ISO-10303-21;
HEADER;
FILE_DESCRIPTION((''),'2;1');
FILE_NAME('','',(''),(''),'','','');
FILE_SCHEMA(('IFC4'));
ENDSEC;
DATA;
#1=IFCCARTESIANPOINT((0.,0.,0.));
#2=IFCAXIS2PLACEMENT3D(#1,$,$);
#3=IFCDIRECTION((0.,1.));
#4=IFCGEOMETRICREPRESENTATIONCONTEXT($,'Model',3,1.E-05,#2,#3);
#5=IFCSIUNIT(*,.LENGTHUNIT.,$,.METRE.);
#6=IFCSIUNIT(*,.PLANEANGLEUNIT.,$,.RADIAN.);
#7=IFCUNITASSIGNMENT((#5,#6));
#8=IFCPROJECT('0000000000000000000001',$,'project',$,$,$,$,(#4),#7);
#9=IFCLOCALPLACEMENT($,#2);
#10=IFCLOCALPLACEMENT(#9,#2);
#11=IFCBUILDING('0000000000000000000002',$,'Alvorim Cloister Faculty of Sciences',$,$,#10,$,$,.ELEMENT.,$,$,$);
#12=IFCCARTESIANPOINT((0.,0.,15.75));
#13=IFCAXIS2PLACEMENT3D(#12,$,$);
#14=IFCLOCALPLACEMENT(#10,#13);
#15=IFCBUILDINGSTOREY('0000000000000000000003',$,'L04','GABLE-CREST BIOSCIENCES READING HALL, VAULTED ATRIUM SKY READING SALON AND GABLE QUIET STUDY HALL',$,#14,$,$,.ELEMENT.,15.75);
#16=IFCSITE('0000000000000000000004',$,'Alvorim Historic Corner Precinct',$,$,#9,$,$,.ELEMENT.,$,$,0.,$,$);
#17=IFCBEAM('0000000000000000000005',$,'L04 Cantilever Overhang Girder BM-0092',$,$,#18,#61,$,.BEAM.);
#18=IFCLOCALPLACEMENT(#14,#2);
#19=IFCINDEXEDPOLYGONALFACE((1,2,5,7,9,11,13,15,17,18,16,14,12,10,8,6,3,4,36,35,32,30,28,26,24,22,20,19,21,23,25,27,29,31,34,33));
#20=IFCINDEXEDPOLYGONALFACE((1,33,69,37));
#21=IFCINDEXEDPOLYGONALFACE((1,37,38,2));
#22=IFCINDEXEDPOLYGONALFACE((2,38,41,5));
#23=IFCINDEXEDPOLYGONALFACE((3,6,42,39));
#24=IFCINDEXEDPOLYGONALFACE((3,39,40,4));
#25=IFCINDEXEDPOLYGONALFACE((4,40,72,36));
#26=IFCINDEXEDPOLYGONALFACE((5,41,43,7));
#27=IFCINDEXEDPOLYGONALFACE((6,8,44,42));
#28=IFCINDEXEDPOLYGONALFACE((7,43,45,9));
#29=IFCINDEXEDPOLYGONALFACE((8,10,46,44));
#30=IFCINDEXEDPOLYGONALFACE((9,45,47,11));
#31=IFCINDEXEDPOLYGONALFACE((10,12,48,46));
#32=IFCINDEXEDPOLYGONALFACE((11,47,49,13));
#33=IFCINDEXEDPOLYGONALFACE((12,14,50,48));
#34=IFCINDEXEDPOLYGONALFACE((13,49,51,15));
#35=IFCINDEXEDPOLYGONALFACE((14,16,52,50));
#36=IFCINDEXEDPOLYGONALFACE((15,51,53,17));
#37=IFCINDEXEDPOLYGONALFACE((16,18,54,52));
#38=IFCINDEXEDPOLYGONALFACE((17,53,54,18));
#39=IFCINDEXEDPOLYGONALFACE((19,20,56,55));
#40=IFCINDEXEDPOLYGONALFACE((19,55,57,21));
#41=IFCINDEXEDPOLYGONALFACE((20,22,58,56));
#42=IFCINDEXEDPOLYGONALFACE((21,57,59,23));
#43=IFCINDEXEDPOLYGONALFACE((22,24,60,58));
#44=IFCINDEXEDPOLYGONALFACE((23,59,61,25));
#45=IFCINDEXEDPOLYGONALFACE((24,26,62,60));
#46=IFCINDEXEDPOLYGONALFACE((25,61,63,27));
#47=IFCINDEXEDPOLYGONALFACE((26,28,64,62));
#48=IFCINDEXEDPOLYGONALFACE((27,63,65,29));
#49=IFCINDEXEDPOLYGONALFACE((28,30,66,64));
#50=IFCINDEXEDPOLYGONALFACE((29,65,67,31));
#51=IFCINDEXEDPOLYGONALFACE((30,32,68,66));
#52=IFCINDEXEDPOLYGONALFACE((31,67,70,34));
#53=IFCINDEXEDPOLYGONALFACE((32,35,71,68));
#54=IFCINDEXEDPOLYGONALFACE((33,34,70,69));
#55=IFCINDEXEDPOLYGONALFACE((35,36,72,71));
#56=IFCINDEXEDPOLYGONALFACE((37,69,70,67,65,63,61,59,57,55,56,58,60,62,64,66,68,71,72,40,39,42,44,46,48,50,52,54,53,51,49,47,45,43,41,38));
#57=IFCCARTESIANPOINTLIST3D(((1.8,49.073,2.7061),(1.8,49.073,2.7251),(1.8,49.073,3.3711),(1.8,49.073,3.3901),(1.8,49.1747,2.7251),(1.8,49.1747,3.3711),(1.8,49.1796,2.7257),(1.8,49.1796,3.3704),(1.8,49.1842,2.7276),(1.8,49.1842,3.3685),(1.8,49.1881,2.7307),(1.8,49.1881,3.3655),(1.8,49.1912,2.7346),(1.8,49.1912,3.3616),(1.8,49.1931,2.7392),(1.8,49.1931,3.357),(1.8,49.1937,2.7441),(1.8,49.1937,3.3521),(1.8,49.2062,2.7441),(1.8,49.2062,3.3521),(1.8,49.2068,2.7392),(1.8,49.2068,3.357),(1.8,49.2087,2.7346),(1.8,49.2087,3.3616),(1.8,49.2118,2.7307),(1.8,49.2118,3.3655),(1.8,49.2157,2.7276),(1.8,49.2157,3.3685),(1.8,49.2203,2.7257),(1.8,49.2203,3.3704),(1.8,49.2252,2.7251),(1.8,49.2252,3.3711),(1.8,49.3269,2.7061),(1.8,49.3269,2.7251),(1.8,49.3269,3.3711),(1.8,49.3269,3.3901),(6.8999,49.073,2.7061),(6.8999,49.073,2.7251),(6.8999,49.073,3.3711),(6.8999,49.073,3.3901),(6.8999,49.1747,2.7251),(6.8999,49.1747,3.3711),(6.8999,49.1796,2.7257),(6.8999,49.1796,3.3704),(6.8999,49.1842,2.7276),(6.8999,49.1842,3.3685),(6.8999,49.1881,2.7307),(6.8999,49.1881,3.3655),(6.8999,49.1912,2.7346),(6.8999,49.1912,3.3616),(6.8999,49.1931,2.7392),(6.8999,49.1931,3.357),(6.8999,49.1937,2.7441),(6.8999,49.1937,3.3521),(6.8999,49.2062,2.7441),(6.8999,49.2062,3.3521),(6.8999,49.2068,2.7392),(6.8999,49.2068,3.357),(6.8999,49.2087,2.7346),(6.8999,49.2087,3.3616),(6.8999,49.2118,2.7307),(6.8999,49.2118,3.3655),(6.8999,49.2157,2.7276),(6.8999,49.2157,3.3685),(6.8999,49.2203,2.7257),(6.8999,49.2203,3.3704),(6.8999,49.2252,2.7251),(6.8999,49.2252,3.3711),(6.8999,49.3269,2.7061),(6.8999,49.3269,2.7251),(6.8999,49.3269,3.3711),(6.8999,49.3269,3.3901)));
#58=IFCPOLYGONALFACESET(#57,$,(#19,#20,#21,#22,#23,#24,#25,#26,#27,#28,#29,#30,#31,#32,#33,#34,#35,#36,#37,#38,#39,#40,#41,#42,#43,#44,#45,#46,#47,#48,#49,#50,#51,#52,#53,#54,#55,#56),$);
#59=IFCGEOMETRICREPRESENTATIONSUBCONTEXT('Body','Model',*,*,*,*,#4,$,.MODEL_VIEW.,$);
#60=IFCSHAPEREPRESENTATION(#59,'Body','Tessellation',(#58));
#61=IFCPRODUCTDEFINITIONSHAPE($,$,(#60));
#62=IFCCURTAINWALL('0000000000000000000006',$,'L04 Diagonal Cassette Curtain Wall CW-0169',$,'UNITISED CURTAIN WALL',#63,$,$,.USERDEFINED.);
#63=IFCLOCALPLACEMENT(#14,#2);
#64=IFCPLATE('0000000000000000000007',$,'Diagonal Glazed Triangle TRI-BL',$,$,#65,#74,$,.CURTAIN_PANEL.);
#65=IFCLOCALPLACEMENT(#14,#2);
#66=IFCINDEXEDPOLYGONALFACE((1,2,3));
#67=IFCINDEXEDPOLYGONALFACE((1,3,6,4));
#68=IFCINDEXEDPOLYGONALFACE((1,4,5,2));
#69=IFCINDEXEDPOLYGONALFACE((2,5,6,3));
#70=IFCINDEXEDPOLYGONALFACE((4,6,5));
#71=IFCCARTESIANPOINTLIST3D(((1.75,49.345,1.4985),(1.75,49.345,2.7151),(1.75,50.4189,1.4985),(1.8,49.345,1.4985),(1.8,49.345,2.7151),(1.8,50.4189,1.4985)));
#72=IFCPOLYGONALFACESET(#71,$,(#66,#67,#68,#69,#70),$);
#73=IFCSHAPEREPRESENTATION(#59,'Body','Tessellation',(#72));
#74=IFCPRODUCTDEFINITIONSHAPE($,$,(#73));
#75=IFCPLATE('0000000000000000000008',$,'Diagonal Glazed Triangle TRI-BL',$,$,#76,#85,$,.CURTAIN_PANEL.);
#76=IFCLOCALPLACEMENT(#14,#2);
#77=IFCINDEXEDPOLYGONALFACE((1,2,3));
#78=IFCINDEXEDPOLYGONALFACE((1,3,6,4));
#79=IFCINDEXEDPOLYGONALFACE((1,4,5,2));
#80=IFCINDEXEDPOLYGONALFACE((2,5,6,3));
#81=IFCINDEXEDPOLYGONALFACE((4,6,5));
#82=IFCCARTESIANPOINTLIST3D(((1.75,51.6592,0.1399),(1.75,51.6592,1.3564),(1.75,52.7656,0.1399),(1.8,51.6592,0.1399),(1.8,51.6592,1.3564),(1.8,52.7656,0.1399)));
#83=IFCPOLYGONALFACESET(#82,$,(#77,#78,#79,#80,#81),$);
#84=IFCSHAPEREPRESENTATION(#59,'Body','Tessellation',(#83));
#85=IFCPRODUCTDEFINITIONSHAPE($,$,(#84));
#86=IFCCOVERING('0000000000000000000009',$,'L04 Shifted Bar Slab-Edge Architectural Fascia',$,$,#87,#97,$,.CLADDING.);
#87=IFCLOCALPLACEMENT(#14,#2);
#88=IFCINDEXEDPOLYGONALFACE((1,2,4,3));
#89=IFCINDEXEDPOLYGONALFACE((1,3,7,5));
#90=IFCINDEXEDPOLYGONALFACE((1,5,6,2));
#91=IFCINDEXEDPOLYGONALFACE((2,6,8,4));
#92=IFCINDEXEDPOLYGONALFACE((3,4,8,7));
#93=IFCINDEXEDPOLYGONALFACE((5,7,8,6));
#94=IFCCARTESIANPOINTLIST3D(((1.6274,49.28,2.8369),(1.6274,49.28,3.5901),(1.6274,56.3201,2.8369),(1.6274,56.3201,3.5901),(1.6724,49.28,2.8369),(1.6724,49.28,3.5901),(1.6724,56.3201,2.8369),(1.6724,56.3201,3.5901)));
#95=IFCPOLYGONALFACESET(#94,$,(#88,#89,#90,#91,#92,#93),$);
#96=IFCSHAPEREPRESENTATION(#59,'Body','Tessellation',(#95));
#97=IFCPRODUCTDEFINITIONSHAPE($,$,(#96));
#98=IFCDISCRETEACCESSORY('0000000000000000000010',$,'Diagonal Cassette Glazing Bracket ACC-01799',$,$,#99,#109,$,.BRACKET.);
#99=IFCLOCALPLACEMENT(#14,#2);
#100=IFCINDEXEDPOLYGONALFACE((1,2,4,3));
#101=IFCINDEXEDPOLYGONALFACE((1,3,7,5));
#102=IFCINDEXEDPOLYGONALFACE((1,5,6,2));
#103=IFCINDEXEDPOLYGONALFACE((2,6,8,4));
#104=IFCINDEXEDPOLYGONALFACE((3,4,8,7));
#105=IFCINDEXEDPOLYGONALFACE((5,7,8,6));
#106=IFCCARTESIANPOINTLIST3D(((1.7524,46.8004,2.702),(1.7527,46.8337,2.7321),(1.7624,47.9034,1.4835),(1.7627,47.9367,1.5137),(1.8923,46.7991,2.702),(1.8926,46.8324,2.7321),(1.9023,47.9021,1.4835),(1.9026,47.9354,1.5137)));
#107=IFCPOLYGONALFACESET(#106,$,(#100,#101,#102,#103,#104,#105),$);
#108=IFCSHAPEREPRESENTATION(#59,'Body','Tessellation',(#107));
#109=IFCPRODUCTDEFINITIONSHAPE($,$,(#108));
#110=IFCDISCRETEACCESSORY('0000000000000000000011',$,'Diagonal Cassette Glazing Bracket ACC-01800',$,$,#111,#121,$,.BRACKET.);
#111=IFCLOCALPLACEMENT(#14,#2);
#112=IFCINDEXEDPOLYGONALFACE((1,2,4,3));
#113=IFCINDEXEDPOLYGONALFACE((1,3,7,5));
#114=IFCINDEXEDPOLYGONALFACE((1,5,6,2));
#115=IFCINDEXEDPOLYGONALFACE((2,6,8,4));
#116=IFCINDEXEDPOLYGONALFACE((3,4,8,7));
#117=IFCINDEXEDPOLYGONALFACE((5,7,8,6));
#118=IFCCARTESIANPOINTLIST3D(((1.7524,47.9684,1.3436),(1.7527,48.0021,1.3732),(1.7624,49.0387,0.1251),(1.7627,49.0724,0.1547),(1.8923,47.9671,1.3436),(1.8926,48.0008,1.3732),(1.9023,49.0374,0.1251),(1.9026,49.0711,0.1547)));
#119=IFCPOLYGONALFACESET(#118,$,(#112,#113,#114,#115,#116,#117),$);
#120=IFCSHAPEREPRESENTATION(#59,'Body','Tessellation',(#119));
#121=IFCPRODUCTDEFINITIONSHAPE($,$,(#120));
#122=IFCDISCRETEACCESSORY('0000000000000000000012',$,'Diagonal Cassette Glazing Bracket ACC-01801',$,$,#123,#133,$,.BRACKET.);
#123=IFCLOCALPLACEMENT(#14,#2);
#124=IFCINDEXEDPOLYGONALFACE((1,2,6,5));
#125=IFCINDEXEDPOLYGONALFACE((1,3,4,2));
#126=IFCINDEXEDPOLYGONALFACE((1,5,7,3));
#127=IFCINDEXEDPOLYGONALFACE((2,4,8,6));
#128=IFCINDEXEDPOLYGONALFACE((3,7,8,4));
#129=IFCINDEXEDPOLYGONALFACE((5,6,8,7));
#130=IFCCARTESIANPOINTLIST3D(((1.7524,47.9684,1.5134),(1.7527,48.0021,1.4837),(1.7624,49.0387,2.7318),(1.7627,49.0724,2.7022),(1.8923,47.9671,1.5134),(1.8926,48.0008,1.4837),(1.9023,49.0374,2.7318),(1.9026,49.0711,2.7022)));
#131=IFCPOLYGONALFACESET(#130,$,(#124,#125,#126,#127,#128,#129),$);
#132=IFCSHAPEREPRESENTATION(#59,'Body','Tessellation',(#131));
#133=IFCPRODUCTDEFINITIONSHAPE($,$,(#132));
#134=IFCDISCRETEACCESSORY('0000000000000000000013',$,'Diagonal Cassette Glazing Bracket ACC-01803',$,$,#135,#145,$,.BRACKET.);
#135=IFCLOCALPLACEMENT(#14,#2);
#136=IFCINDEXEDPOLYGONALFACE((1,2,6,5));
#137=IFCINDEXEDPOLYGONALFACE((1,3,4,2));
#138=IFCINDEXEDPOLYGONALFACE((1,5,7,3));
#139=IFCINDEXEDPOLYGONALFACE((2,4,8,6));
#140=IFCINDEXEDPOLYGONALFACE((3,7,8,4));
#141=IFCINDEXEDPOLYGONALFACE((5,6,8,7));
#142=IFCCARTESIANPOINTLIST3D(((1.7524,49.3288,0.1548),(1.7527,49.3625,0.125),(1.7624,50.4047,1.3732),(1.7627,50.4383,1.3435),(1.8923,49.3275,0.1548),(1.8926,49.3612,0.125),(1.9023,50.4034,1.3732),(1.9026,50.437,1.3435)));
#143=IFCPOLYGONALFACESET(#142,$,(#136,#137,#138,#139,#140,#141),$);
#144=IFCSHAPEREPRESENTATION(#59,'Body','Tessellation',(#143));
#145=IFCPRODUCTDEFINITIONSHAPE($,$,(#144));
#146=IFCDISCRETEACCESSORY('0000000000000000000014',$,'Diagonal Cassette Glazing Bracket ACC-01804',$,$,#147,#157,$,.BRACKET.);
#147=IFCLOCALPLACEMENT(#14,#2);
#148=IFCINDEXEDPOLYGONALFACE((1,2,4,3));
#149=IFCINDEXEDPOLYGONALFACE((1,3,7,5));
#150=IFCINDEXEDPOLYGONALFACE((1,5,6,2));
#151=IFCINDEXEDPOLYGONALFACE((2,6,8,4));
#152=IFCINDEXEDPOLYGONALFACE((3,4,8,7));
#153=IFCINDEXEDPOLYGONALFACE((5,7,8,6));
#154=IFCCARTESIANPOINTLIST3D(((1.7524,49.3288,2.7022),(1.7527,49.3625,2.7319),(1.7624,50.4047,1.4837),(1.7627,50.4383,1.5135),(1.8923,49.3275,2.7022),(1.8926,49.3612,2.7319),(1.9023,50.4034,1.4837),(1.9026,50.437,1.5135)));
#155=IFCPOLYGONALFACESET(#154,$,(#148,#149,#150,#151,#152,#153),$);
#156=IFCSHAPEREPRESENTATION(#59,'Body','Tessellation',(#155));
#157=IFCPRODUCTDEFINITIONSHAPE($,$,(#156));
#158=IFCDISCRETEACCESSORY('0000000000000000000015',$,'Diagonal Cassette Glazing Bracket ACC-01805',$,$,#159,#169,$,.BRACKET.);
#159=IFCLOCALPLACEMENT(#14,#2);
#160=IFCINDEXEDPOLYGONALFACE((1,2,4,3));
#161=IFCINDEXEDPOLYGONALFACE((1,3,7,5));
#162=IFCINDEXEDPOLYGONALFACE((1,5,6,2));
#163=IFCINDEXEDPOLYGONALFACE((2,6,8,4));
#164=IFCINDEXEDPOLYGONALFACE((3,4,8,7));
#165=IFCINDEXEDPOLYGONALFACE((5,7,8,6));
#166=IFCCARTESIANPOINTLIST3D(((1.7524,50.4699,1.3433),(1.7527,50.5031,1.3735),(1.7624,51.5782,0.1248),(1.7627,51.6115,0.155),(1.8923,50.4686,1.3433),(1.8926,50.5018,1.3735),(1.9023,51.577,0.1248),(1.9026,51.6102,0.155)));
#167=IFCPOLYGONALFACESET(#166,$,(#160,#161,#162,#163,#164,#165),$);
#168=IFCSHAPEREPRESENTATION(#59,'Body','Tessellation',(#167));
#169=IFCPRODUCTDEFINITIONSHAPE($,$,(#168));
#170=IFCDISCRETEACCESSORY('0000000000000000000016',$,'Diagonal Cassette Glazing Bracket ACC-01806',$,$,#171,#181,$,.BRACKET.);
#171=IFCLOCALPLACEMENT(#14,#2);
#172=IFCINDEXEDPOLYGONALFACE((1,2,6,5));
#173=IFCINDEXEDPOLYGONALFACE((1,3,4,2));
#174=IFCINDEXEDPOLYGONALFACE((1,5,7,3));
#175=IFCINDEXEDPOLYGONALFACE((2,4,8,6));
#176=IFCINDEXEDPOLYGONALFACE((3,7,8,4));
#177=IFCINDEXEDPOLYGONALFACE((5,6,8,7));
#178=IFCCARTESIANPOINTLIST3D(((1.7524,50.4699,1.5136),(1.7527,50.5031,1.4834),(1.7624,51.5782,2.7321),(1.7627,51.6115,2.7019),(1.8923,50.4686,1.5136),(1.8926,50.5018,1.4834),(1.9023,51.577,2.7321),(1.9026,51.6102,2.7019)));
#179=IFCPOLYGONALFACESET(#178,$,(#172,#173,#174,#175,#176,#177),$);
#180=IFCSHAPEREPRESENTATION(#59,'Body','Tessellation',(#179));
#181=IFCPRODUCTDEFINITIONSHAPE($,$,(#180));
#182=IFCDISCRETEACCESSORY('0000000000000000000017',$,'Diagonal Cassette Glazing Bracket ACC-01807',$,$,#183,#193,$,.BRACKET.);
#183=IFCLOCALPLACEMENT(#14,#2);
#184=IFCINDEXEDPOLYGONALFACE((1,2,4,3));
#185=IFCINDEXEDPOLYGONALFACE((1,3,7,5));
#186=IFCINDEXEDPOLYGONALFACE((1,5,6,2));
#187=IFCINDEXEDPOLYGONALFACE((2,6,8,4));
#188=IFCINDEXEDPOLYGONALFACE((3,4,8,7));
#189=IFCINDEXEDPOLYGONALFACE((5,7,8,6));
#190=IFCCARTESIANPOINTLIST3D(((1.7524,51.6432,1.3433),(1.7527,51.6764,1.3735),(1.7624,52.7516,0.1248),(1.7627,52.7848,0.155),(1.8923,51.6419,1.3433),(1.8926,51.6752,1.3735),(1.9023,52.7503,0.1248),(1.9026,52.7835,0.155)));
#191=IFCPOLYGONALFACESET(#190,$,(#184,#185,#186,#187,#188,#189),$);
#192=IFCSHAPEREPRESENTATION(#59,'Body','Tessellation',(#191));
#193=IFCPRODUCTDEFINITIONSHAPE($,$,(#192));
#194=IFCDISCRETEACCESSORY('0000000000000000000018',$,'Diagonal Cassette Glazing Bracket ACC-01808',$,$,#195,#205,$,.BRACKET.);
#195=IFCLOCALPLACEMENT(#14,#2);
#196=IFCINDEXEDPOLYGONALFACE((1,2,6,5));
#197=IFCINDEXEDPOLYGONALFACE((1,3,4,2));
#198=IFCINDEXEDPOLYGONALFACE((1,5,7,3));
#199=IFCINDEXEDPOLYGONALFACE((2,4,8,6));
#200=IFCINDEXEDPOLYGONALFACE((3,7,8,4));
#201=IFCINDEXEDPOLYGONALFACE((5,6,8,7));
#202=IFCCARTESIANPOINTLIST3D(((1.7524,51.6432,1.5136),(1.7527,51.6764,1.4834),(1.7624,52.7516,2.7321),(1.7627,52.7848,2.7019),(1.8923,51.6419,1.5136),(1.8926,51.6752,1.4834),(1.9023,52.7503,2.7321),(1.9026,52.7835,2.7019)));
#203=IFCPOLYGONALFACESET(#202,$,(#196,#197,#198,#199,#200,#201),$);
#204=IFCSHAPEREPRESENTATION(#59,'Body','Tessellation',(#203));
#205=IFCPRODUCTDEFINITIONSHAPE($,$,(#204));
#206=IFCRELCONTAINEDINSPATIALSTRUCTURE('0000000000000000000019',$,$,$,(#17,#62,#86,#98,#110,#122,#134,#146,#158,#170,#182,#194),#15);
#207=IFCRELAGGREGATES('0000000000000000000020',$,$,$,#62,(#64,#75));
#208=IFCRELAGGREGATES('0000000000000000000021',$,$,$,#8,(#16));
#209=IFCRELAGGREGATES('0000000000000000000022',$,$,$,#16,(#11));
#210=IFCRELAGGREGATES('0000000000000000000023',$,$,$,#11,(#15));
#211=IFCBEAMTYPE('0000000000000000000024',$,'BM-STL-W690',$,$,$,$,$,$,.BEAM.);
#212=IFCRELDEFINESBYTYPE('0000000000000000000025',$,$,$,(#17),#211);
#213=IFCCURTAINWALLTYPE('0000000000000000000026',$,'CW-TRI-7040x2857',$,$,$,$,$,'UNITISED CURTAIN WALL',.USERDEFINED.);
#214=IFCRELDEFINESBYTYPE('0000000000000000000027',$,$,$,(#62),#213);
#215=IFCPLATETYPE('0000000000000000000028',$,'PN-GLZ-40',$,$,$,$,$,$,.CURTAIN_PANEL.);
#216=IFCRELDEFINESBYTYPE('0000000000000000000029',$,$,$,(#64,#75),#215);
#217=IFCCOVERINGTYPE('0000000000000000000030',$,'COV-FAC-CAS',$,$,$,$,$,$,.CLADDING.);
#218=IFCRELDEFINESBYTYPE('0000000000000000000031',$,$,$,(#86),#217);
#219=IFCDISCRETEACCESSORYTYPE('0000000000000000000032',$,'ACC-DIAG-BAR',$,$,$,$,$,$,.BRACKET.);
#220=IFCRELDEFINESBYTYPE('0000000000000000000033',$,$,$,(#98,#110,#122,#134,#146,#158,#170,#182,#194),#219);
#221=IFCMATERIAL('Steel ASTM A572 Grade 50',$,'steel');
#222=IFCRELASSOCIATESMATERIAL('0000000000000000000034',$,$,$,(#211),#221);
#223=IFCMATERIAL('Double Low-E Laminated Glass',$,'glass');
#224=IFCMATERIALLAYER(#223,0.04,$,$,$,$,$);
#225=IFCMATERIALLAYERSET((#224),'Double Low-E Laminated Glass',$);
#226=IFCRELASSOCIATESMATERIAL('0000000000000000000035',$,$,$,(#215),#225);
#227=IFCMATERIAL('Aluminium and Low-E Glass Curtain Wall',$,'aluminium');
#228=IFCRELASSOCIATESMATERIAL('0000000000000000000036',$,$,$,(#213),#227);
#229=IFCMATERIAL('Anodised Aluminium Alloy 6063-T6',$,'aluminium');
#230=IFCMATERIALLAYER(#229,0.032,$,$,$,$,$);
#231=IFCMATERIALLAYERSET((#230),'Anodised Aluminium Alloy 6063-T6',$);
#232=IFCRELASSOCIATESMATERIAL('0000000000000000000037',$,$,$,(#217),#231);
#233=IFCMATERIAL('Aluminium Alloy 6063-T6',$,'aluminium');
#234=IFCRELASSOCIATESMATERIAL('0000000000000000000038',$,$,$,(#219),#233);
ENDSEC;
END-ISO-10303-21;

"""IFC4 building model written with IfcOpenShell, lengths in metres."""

from ifc_helpers import new_model, si_unit, direction, frame, origin, origin_2d, place, context, subcontext, project, spatial, polyline, rectangle, i_section, outline, extrude, material, layer, layer_set, material_profile, profile_set, type_object, element, aggregate, save


model = new_model("IFC4")

# Units and contexts
model_context = context("Model", 3, precision=1e-05, world=origin(), true_north=direction((0.0, 1.0)))
body_context = subcontext(model_context, "Body", "Model", "MODEL_VIEW")
ifc_project = project(units=[si_unit("LENGTHUNIT", "METRE"), si_unit("PLANEANGLEUNIT", "RADIAN")], contexts=[model_context])

# Site, building, storey
site_placement = place(None, origin())
site = spatial("IfcSite", under=ifc_project, at=site_placement, Name="Alvorim Historic Corner Precinct", CompositionType="ELEMENT", RefElevation=0.0)
building_placement = place(site_placement, origin())
building = spatial("IfcBuilding", under=site, at=building_placement, Name="Alvorim Cloister Faculty of Sciences", CompositionType="ELEMENT")
storey_placement = place(building_placement, frame((0.0, 0.0, 15.75)))
storey = spatial("IfcBuildingStorey", under=building, at=storey_placement, Name="L04", Description="GABLE-CREST BIOSCIENCES READING HALL, VAULTED ATRIUM SKY READING SALON AND GABLE QUIET STUDY HALL", CompositionType="ELEMENT", Elevation=15.75)

# Beam
ifc_material_1 = material(Name="Steel ASTM A572 Grade 50", Category="steel")
ifc_material_profile = material_profile(ifc_material_1, i_section(OverallWidth=0.2539, OverallDepth=0.6841, WebThickness=0.0125, FlangeThickness=0.019, FilletRadius=0.019, at=origin_2d()), Name="W690x140.0")
ifc_profile_set = profile_set([ifc_material_profile], Name="Steel ASTM A572 Grade 50")
beam_type = type_object("IfcBeamType", Name="BM-STL-W690", PredefinedType="BEAM", material=ifc_profile_set)
beam_placement = place(storey_placement, frame((1.8, 49.2, 3.0481), z_axis=(1.0, 0.0, 0.0), x_axis=(0.0, 1.0, 0.0)))
element("IfcBeam", 1, at=beam_placement, inside=storey, type_object=beam_type, Name="L04 Cantilever Overhang Girder BM-0092", PredefinedType="BEAM", context=body_context, shape_type="SweptSolid", body=[
    extrude(i_section(OverallWidth=0.2539, OverallDepth=0.6841, WebThickness=0.0125, FlangeThickness=0.019, FilletRadius=0.019, at=origin_2d()), origin(), (0.0, 0.0, 1.0), 5.0999),
])

# Curtain wall, plates
ifc_material_2 = material(Name="Aluminium and Low-E Glass Curtain Wall", Category="aluminium")
ifc_material_3 = material(Name="Double Low-E Laminated Glass", Category="glass")
ifc_layer_1 = layer(ifc_material_3, 0.04)
ifc_layer_set_1 = layer_set([ifc_layer_1], Name="Double Low-E Laminated Glass")
plate_type = type_object("IfcPlateType", Name="PN-GLZ-40", PredefinedType="CURTAIN_PANEL", material=ifc_layer_set_1)
curtain_wall_type_1 = type_object("IfcCurtainWallType", Name="CW-TRI-7040x2857", ElementType="UNITISED CURTAIN WALL", PredefinedType="USERDEFINED", material=ifc_material_2)
curtain_wall_1_placement = place(storey_placement, origin())
curtain_wall_1 = element("IfcCurtainWall", 2, at=curtain_wall_1_placement, inside=storey, type_object=curtain_wall_type_1, Name="L04 Diagonal Cassette Curtain Wall CW-0169", ObjectType="UNITISED CURTAIN WALL", PredefinedType="USERDEFINED")
plate_1_placement = place(storey_placement, frame((1.7749, 49.345, 1.4985), z_axis=(0.0, 0.0, 1.0), x_axis=(0.0, 1.0, 0.0)))
plate_1 = element("IfcPlate", 3, at=plate_1_placement, type_object=plate_type, Name="Diagonal Glazed Triangle TRI-BL", PredefinedType="CURTAIN_PANEL", context=body_context, shape_type="SweptSolid", body=[
    extrude(outline(polyline([(0.0, 0.0), (1.074, 0.0), (0.0, 1.2166), (0.0, 0.0)])), frame((0.0, 0.0249, 0.0), z_axis=(0.0, -1.0, 0.0), x_axis=(1.0, 0.0, 0.0)), (0.0, 0.0, 1.0), 0.05),
])
plate_2_placement = place(storey_placement, frame((1.7749, 51.6592, 0.1399), z_axis=(0.0, 0.0, 1.0), x_axis=(0.0, 1.0, 0.0)))
plate_2 = element("IfcPlate", 4, at=plate_2_placement, type_object=plate_type, Name="Diagonal Glazed Triangle TRI-BL", PredefinedType="CURTAIN_PANEL", context=body_context, shape_type="SweptSolid", body=[
    extrude(outline(polyline([(0.0, 0.0), (1.1064, 0.0), (0.0, 1.2166), (0.0, 0.0)])), frame((0.0, 0.0249, 0.0), z_axis=(0.0, -1.0, 0.0), x_axis=(1.0, 0.0, 0.0)), (0.0, 0.0, 1.0), 0.05),
])
aggregate(curtain_wall_1, [plate_1, plate_2])

# Covering
ifc_material_4 = material(Name="Anodised Aluminium Alloy 6063-T6", Category="aluminium")
ifc_layer_2 = layer(ifc_material_4, 0.032)
ifc_layer_set_2 = layer_set([ifc_layer_2], Name="Anodised Aluminium Alloy 6063-T6")
covering_type = type_object("IfcCoveringType", Name="COV-FAC-CAS", PredefinedType="CLADDING", material=ifc_layer_set_2)
covering_placement = place(storey_placement, frame((1.6499, 49.28, 2.8369), z_axis=(0.0, 0.0, 1.0), x_axis=(0.0, 1.0, 0.0)))
element("IfcCovering", 5, at=covering_placement, inside=storey, type_object=covering_type, Name="L04 Shifted Bar Slab-Edge Architectural Fascia", PredefinedType="CLADDING", context=body_context, shape_type="SweptSolid", body=[
    extrude(outline(polyline([(0.0, 0.0), (7.04, 0.0), (7.04, 0.7532), (0.0, 0.7532), (0.0, 0.0)])), frame((0.0, 0.0225, 0.0), z_axis=(0.0, -1.0, 0.0), x_axis=(1.0, 0.0, 0.0)), (0.0, 0.0, 1.0), 0.0449),
])

# Discrete accessories
ifc_material_5 = material(Name="Aluminium Alloy 6063-T6", Category="aluminium")
discrete_accessory_type = type_object("IfcDiscreteAccessoryType", Name="ACC-DIAG-BAR", PredefinedType="BRACKET", material=ifc_material_5)
discrete_accessory_placement = place(storey_placement, frame((1.8225, 46.8164, 2.717), z_axis=(0.00609, 0.671091, -0.74135), x_axis=(-0.999959, 0.009074, 0.0)))
element("IfcDiscreteAccessory", 6, at=discrete_accessory_placement, inside=storey, type_object=discrete_accessory_type, Name="Diagonal Cassette Glazing Bracket ACC-01799", PredefinedType="BRACKET", context=body_context, shape_type="SweptSolid", body=[
    extrude(rectangle(XDim=0.1399, YDim=0.0449, at=origin_2d()), origin(), (0.0, 0.0, 1.0), 1.6436),
])
for number, where, z_axis, x_axis, name in (
    (7, (1.8225, 47.9846, 1.3584), (0.006172, 0.65993, -0.751302), (-0.999956, 0.009352, 0.0), "Diagonal Cassette Glazing Bracket ACC-01800"),
    (8, (1.8225, 47.9846, 1.4985), (0.006172, 0.65993, 0.751302), (-0.999956, 0.009352, 0.0), "Diagonal Cassette Glazing Bracket ACC-01801"),
):
    element("IfcDiscreteAccessory", number, at=place(storey_placement, frame(where, z_axis=z_axis, x_axis=x_axis)), inside=storey, type_object=discrete_accessory_type, Name=name, PredefinedType="BRACKET", context=body_context, shape_type="SweptSolid", body=[
        extrude(rectangle(XDim=0.1399, YDim=0.0449, at=origin_2d()), origin(), (0.0, 0.0, 1.0), 1.6218),
    ])
for number, where, z_axis, x_axis, name in (
    (9, (1.8225, 49.345, 0.1399), (0.006158, 0.661877, 0.749587), (-0.999957, 0.009303, 0.0), "Diagonal Cassette Glazing Bracket ACC-01803"),
    (10, (1.8225, 49.345, 2.717), (0.006158, 0.661877, -0.749587), (-0.999957, 0.009303, 0.0), "Diagonal Cassette Glazing Bracket ACC-01804"),
):
    element("IfcDiscreteAccessory", number, at=place(storey_placement, frame(where, z_axis=z_axis, x_axis=x_axis)), inside=storey, type_object=discrete_accessory_type, Name=name, PredefinedType="BRACKET", context=body_context, shape_type="SweptSolid", body=[
        extrude(rectangle(XDim=0.1399, YDim=0.0449, at=origin_2d()), origin(), (0.0, 0.0, 1.0), 1.6255),
    ])
for number, where, z_axis, x_axis, name in (
    (11, (1.8225, 50.4858, 1.3584), (0.006077, 0.672882, -0.739725), (-0.999959, 0.00903, 0.0), "Diagonal Cassette Glazing Bracket ACC-01805"),
    (12, (1.8225, 50.4858, 1.4985), (0.006077, 0.672882, 0.739725), (-0.999959, 0.00903, 0.0), "Diagonal Cassette Glazing Bracket ACC-01806"),
    (13, (1.8225, 51.6592, 1.3584), (0.006077, 0.672882, -0.739725), (-0.999959, 0.00903, 0.0), "Diagonal Cassette Glazing Bracket ACC-01807"),
    (14, (1.8225, 51.6592, 1.4985), (0.006077, 0.672882, 0.739725), (-0.999959, 0.00903, 0.0), "Diagonal Cassette Glazing Bracket ACC-01808"),
):
    element("IfcDiscreteAccessory", number, at=place(storey_placement, frame(where, z_axis=z_axis, x_axis=x_axis)), inside=storey, type_object=discrete_accessory_type, Name=name, PredefinedType="BRACKET", context=body_context, shape_type="SweptSolid", body=[
        extrude(rectangle(XDim=0.1399, YDim=0.0449, at=origin_2d()), origin(), (0.0, 0.0, 1.0), 1.6472),
    ])

save(model, "model.ifc")
